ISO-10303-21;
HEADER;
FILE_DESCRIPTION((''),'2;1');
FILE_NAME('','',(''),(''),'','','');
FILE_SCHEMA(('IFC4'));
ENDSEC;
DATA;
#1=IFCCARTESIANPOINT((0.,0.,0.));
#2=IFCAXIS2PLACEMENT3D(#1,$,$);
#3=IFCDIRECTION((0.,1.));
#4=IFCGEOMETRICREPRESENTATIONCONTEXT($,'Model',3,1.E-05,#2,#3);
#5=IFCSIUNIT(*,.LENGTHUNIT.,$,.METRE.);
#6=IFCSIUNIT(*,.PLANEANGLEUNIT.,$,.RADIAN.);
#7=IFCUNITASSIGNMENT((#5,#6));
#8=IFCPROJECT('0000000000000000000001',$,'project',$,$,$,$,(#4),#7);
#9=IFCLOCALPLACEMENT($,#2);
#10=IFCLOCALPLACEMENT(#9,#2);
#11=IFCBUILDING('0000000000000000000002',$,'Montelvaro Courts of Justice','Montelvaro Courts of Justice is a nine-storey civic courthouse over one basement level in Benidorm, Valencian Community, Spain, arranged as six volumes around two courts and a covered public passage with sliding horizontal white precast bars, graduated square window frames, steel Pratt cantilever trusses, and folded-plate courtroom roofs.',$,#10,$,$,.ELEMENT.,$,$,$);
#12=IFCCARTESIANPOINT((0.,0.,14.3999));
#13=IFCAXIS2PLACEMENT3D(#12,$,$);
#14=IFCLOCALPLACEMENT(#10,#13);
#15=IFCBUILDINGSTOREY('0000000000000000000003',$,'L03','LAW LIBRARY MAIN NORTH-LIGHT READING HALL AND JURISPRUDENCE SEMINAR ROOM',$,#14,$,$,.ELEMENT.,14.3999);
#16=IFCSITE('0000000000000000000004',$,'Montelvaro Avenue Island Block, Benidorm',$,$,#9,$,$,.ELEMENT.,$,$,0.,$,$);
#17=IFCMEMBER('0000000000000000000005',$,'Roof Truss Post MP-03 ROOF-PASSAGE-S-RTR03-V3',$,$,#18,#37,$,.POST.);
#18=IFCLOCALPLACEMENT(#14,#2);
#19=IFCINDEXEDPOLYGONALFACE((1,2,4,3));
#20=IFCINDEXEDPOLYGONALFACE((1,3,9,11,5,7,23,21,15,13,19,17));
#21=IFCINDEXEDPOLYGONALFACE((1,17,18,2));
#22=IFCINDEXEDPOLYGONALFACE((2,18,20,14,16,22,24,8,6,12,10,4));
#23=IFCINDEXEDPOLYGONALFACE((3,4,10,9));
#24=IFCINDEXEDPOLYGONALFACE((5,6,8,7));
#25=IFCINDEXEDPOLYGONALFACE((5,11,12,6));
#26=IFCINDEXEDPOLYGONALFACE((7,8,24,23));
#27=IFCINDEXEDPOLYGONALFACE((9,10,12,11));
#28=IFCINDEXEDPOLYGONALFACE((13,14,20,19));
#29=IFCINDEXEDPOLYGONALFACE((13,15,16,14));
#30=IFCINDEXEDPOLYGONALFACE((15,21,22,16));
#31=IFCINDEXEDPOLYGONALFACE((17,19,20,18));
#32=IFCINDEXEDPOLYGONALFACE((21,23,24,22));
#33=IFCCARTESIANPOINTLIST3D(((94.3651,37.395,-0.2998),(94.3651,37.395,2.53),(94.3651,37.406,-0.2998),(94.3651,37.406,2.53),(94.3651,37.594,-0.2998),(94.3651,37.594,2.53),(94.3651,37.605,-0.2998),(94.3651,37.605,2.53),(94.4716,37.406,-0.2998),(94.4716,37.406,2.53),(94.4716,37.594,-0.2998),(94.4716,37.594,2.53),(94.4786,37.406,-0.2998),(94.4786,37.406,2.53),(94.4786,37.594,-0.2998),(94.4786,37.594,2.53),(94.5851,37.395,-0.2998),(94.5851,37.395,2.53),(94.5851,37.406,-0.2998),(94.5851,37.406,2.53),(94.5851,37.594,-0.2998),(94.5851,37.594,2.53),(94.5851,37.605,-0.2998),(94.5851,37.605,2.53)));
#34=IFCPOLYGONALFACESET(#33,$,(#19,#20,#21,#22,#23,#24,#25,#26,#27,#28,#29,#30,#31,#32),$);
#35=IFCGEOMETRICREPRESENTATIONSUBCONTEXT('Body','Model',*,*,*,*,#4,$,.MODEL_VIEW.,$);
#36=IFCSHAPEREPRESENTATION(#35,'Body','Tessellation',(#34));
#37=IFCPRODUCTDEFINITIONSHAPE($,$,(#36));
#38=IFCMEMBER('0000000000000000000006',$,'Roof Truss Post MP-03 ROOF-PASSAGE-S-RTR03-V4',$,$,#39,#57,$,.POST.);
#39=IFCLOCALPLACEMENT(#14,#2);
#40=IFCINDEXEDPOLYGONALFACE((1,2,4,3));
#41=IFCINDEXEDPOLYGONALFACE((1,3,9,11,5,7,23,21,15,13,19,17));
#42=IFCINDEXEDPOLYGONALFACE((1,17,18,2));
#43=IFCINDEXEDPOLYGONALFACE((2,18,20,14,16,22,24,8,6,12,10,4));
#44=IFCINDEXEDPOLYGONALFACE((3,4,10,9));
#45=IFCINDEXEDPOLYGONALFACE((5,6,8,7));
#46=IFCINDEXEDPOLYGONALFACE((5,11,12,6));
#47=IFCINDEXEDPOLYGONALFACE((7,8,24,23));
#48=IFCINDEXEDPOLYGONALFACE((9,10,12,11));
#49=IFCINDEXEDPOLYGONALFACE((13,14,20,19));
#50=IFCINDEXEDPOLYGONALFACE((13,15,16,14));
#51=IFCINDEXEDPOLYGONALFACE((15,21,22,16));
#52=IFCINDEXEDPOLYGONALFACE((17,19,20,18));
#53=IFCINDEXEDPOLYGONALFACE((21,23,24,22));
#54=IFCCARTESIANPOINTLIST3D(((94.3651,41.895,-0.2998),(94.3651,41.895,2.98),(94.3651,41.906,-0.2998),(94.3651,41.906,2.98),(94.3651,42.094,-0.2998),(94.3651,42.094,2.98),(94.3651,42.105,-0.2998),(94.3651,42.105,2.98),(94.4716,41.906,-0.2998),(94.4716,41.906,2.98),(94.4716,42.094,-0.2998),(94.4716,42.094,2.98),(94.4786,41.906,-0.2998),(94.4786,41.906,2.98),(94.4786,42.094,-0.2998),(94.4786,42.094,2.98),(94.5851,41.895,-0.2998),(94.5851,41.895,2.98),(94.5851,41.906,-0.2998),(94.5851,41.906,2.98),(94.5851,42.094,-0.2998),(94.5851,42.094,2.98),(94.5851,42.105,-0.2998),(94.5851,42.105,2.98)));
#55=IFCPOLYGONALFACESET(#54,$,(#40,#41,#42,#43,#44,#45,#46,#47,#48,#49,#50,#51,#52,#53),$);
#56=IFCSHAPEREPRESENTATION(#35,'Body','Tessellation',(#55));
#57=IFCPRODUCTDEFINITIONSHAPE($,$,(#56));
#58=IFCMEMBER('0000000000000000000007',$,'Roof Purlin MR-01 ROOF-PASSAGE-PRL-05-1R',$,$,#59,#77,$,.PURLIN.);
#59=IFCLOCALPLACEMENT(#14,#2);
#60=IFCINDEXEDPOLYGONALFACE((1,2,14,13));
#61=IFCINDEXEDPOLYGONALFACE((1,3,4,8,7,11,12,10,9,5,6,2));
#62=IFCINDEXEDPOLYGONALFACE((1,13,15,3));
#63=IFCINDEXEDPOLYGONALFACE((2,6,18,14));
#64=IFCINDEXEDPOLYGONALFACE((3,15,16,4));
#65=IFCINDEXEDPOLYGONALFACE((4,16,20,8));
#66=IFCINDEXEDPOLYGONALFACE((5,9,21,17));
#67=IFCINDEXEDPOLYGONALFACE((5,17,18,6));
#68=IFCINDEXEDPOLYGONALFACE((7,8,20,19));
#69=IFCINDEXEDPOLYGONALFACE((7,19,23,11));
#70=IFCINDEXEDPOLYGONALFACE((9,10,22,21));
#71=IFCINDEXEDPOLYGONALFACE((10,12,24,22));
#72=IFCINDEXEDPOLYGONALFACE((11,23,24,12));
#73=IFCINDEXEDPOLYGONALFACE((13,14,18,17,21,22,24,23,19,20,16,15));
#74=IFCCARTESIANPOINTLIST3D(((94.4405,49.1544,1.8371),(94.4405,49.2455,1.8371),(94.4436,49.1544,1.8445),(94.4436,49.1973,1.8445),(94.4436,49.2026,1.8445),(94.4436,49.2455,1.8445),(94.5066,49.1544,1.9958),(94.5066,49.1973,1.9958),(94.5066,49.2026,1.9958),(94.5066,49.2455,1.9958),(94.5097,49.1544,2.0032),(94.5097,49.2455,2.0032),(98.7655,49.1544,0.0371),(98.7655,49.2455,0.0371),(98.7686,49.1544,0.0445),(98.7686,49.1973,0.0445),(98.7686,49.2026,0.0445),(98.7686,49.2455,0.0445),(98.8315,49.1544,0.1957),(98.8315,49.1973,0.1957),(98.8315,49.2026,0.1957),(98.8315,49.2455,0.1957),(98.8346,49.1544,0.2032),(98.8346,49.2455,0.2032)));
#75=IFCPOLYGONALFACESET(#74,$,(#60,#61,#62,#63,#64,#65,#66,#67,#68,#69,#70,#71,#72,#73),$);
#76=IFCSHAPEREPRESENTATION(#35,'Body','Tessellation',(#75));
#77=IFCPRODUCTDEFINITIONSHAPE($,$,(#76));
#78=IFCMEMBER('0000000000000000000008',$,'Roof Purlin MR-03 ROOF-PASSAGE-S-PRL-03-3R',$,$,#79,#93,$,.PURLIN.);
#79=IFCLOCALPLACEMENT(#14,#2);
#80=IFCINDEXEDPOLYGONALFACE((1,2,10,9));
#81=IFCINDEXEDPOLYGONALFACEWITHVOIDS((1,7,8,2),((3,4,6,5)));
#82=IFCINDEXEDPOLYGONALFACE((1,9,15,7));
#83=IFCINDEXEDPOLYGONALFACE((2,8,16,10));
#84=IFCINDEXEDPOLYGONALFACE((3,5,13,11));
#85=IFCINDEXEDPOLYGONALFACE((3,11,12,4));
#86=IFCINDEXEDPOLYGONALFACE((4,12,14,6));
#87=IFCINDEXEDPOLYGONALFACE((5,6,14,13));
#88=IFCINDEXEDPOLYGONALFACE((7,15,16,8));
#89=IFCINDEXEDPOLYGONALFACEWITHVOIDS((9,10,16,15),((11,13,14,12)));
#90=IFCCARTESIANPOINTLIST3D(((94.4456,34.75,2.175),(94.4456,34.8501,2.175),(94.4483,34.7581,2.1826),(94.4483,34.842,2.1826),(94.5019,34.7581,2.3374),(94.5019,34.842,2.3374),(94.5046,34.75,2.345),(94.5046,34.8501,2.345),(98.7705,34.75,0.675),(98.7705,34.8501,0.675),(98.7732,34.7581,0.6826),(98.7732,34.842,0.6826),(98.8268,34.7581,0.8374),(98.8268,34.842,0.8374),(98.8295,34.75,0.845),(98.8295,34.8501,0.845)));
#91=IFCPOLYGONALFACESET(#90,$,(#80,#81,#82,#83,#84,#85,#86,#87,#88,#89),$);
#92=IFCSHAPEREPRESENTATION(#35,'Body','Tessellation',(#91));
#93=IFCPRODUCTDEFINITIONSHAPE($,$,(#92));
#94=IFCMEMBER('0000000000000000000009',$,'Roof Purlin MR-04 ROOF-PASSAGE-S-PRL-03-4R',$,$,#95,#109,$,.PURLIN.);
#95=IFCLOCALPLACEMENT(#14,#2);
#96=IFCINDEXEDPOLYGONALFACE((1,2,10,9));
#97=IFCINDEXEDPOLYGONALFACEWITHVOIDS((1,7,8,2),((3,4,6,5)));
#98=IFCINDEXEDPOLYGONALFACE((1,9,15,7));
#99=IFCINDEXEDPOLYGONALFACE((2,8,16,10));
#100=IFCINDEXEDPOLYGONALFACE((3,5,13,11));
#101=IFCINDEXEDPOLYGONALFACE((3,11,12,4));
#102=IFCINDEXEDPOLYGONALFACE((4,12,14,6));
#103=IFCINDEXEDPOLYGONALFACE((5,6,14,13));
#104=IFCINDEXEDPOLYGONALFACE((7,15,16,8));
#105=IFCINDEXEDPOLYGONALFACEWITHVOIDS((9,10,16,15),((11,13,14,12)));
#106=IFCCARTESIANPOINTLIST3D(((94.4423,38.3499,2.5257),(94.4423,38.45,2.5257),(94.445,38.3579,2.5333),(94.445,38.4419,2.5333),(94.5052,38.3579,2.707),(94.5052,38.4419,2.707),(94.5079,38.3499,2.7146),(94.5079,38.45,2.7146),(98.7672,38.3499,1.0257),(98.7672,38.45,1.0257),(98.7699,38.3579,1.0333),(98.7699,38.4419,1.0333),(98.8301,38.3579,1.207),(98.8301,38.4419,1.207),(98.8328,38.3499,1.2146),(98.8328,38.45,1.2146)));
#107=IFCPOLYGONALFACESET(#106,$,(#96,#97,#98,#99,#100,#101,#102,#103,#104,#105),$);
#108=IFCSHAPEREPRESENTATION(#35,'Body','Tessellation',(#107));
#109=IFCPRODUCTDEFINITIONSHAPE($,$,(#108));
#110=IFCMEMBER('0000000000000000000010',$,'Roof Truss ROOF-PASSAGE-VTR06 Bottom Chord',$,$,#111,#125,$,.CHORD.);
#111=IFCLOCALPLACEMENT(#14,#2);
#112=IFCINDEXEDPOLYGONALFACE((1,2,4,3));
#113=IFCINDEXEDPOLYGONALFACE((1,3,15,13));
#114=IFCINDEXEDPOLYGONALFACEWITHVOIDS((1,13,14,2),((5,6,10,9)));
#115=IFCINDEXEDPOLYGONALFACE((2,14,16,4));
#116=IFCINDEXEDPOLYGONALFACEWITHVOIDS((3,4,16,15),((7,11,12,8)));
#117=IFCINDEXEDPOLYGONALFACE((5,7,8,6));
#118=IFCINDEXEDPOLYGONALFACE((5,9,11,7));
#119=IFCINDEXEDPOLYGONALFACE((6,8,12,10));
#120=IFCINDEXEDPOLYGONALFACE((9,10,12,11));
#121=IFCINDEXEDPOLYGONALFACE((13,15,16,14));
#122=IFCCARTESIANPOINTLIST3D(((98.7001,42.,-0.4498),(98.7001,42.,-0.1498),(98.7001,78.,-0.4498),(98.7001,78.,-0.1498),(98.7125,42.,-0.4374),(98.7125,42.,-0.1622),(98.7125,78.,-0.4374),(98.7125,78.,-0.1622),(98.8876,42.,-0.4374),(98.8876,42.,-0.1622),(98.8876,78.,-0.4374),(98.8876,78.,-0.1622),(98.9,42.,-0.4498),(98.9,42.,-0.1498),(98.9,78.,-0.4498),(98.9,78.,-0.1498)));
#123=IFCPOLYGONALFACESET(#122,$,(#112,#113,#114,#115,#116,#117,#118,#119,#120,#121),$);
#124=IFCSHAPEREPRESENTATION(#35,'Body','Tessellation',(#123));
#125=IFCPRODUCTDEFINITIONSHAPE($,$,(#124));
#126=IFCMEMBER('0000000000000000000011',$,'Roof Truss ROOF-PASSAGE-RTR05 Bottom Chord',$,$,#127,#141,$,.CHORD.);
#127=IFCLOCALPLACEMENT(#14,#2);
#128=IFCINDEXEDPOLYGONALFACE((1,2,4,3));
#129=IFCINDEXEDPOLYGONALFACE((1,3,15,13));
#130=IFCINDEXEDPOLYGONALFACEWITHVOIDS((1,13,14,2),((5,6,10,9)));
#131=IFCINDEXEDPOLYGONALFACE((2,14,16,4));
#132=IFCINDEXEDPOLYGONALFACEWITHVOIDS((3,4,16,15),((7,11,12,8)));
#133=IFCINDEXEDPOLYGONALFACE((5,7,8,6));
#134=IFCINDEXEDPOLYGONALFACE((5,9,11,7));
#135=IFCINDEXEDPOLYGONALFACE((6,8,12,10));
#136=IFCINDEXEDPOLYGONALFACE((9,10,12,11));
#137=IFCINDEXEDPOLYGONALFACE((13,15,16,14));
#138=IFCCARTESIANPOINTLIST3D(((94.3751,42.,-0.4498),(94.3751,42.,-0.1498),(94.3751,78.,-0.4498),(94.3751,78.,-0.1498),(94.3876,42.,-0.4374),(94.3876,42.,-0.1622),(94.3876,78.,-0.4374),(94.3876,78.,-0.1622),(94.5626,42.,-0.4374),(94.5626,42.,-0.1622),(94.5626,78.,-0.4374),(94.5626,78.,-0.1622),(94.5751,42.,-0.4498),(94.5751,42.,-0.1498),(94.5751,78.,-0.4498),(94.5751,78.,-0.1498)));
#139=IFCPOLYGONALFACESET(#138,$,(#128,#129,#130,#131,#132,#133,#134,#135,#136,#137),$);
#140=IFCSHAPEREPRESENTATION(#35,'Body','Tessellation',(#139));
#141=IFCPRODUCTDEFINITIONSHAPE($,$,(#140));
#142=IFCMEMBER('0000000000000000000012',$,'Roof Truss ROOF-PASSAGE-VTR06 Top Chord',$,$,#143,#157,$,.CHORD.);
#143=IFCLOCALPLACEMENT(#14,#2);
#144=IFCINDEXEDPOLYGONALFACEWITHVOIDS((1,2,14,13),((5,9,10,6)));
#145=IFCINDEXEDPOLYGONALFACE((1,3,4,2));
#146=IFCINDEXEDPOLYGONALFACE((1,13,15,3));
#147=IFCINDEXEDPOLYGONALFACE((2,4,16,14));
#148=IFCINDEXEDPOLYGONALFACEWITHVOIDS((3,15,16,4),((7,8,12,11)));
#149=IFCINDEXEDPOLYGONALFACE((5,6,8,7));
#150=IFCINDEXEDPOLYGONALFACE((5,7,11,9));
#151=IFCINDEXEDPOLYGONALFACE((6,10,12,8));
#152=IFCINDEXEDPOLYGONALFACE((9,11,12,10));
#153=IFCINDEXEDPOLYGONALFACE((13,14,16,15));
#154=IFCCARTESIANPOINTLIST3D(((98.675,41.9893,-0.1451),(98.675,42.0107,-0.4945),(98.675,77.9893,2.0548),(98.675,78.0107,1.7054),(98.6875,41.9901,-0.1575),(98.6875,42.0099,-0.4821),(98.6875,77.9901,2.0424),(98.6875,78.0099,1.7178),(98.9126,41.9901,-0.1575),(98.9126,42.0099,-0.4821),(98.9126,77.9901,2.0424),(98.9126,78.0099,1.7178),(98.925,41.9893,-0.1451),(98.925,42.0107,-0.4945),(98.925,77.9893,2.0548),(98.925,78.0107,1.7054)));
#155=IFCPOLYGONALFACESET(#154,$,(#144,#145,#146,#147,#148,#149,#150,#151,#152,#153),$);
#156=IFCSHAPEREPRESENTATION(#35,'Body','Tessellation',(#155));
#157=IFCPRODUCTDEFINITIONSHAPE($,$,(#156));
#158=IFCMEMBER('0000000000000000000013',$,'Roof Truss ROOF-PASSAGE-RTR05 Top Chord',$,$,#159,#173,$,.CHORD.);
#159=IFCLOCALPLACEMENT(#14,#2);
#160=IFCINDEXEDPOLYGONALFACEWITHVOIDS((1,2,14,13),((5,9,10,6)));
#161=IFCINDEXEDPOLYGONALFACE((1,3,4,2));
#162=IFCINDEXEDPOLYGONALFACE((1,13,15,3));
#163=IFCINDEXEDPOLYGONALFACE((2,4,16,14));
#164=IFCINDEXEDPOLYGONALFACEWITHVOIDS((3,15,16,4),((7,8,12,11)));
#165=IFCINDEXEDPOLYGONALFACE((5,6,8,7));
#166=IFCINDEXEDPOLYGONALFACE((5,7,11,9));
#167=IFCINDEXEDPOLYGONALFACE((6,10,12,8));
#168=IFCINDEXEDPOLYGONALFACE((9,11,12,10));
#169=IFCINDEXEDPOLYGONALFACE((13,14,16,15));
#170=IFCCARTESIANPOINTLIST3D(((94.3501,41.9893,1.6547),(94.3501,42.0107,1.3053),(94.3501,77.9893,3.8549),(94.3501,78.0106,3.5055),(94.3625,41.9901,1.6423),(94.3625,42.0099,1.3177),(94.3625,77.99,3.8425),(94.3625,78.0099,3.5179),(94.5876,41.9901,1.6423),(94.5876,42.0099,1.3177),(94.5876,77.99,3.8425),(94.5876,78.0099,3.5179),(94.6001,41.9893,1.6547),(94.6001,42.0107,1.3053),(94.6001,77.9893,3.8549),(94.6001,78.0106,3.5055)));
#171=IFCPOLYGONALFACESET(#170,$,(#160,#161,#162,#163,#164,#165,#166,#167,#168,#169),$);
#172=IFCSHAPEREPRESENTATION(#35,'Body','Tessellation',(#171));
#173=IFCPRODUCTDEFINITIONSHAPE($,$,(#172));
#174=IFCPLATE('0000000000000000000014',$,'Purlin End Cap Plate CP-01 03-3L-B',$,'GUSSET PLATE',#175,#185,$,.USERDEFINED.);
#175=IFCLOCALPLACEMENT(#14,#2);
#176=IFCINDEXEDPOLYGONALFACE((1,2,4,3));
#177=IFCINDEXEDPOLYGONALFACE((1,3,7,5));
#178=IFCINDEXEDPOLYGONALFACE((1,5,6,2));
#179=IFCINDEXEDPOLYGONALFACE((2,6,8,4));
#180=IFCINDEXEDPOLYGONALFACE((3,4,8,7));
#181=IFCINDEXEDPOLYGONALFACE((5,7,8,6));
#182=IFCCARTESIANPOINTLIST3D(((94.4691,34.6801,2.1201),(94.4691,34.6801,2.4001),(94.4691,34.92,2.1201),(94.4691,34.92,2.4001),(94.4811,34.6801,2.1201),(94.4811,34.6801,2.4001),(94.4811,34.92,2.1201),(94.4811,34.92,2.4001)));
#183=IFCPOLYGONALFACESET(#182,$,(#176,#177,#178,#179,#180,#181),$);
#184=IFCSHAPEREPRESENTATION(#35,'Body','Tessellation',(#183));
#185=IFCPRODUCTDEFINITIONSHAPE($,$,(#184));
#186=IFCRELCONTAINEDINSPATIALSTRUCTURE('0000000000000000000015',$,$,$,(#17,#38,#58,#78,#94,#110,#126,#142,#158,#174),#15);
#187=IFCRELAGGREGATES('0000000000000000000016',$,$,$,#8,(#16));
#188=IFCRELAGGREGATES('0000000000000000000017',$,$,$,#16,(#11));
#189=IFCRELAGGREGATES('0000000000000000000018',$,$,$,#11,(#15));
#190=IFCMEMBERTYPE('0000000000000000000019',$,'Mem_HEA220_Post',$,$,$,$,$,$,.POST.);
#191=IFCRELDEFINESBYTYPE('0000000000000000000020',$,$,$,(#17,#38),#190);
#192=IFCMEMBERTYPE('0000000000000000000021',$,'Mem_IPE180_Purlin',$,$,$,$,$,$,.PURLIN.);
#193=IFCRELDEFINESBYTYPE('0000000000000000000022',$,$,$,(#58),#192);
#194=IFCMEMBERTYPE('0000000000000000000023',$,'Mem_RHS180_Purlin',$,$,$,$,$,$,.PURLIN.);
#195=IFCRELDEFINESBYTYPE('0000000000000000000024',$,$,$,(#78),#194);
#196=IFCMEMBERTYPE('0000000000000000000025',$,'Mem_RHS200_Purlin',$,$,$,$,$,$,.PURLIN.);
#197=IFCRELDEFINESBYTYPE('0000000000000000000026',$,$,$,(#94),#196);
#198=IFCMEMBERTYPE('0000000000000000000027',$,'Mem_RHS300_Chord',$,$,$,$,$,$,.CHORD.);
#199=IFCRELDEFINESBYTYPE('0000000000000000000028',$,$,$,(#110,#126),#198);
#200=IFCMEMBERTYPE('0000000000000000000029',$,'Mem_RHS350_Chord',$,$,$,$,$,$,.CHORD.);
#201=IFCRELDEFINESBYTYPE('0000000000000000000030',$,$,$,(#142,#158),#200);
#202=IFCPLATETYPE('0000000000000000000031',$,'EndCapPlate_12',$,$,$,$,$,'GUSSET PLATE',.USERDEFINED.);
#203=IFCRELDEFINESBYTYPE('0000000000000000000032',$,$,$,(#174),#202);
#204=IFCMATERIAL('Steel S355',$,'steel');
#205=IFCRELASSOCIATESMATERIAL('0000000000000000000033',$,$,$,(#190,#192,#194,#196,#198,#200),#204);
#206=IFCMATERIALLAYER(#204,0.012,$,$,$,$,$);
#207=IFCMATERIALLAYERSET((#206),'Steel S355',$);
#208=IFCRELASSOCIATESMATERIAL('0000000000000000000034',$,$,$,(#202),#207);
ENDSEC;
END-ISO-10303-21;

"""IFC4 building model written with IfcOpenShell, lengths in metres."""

from ifc_helpers import new_model, si_unit, direction, frame, origin, origin_2d, place, context, subcontext, project, spatial, rectangle, hollow_rectangle, i_section, extrude, material, layer, layer_set, material_profile, profile_set, type_object, element, save


model = new_model("IFC4")

# Units and contexts
model_context = context("Model", 3, precision=1e-05, world=origin(), true_north=direction((0.0, 1.0)))
body_context = subcontext(model_context, "Body", "Model", "MODEL_VIEW")
ifc_project = project(units=[si_unit("LENGTHUNIT", "METRE"), si_unit("PLANEANGLEUNIT", "RADIAN")], contexts=[model_context])

# Site, building, storey
site_placement = place(None, origin())
site = spatial("IfcSite", under=ifc_project, at=site_placement, Name="Montelvaro Avenue Island Block, Benidorm", CompositionType="ELEMENT", RefElevation=0.0)
building_placement = place(site_placement, origin())
building = spatial("IfcBuilding", under=site, at=building_placement, Name="Montelvaro Courts of Justice", Description="Montelvaro Courts of Justice is a nine-storey civic courthouse over one basement level in Benidorm, Valencian Community, Spain, arranged as six volumes around two courts and a covered public passage with sliding horizontal white precast bars, graduated square window frames, steel Pratt cantilever trusses, and folded-plate courtroom roofs.", CompositionType="ELEMENT")
storey_placement = place(building_placement, frame((0.0, 0.0, 14.3999)))
storey = spatial("IfcBuildingStorey", under=building, at=storey_placement, Name="L03", Description="LAW LIBRARY MAIN NORTH-LIGHT READING HALL AND JURISPRUDENCE SEMINAR ROOM", CompositionType="ELEMENT", Elevation=14.3999)

# Members
ifc_material_1 = material(Name="Steel S355", Category="steel")
ifc_material_profile_1 = material_profile(ifc_material_1, i_section(OverallWidth=0.22, OverallDepth=0.21, WebThickness=0.0071, FlangeThickness=0.011, at=origin_2d()), Name="HEA 220")
ifc_profile_set_1 = profile_set([ifc_material_profile_1], Name="Steel S355")
member_type_1 = type_object("IfcMemberType", Name="Mem_HEA220_Post", PredefinedType="POST", material=ifc_profile_set_1)
member_1_placement = place(storey_placement, frame((94.4751, 37.5, -0.2998), z_axis=(0.0, 0.0, 1.0), x_axis=(1.0, 0.0, 0.0)))
element("IfcMember", 1, at=member_1_placement, inside=storey, type_object=member_type_1, Name="Roof Truss Post MP-03 ROOF-PASSAGE-S-RTR03-V3", PredefinedType="POST", context=body_context, shape_type="SweptSolid", body=[
    extrude(i_section(OverallWidth=0.22, OverallDepth=0.21, WebThickness=0.0071, FlangeThickness=0.011, at=origin_2d()), origin(), (0.0, 0.0, 1.0), 2.8298),
])
member_2_placement = place(storey_placement, frame((94.4751, 42.0, -0.2998), z_axis=(0.0, 0.0, 1.0), x_axis=(1.0, 0.0, 0.0)))
element("IfcMember", 2, at=member_2_placement, inside=storey, type_object=member_type_1, Name="Roof Truss Post MP-03 ROOF-PASSAGE-S-RTR03-V4", PredefinedType="POST", context=body_context, shape_type="SweptSolid", body=[
    extrude(i_section(OverallWidth=0.22, OverallDepth=0.21, WebThickness=0.0071, FlangeThickness=0.011, at=origin_2d()), origin(), (0.0, 0.0, 1.0), 3.2798),
])
ifc_material_profile_2 = material_profile(ifc_material_1, i_section(OverallWidth=0.0911, OverallDepth=0.1799, WebThickness=0.0054, FlangeThickness=0.0081, at=origin_2d()), Name="IPE 180")
ifc_profile_set_2 = profile_set([ifc_material_profile_2], Name="Steel S355")
member_type_2 = type_object("IfcMemberType", Name="Mem_IPE180_Purlin", PredefinedType="PURLIN", material=ifc_profile_set_2)
member_3_placement = place(storey_placement, frame((94.4751, 49.2, 1.9202), z_axis=(0.923229, 0.0, -0.384249), x_axis=(0.0, 1.0, 0.0)))
element("IfcMember", 3, at=member_3_placement, inside=storey, type_object=member_type_2, Name="Roof Purlin MR-01 ROOF-PASSAGE-PRL-05-1R", PredefinedType="PURLIN", context=body_context, shape_type="SweptSolid", body=[
    extrude(i_section(OverallWidth=0.0911, OverallDepth=0.1799, WebThickness=0.0054, FlangeThickness=0.0081, at=origin_2d()), origin(), (0.0, 0.0, 1.0), 4.6846),
])
ifc_material_profile_3 = material_profile(ifc_material_1, hollow_rectangle(XDim=0.1001, YDim=0.1799, WallThickness=0.0081, at=origin_2d()), Name="RHS 180x100x8")
ifc_profile_set_3 = profile_set([ifc_material_profile_3], Name="Steel S355")
member_type_3 = type_object("IfcMemberType", Name="Mem_RHS180_Purlin", PredefinedType="PURLIN", material=ifc_profile_set_3)
member_4_placement = place(storey_placement, frame((94.4751, 34.8, 2.26), z_axis=(0.94479, 0.0, -0.327677), x_axis=(0.0, 1.0, 0.0)))
element("IfcMember", 4, at=member_4_placement, inside=storey, type_object=member_type_3, Name="Roof Purlin MR-03 ROOF-PASSAGE-S-PRL-03-3R", PredefinedType="PURLIN", context=body_context, shape_type="SweptSolid", body=[
    extrude(hollow_rectangle(XDim=0.1001, YDim=0.1799, WallThickness=0.0081, at=origin_2d()), origin(), (0.0, 0.0, 1.0), 4.5776),
])
ifc_material_profile_4 = material_profile(ifc_material_1, hollow_rectangle(XDim=0.1001, YDim=0.2, WallThickness=0.0081, at=origin_2d()), Name="RHS 200x100x8")
ifc_profile_set_4 = profile_set([ifc_material_profile_4], Name="Steel S355")
member_type_4 = type_object("IfcMemberType", Name="Mem_RHS200_Purlin", PredefinedType="PURLIN", material=ifc_profile_set_4)
member_5_placement = place(storey_placement, frame((94.4751, 38.3999, 2.6201), z_axis=(0.94479, 0.0, -0.327677), x_axis=(0.0, 1.0, 0.0)))
element("IfcMember", 5, at=member_5_placement, inside=storey, type_object=member_type_4, Name="Roof Purlin MR-04 ROOF-PASSAGE-S-PRL-03-4R", PredefinedType="PURLIN", context=body_context, shape_type="SweptSolid", body=[
    extrude(hollow_rectangle(XDim=0.1001, YDim=0.2, WallThickness=0.0081, at=origin_2d()), origin(), (0.0, 0.0, 1.0), 4.5776),
])
ifc_material_profile_5 = material_profile(ifc_material_1, hollow_rectangle(XDim=0.2, YDim=0.3, WallThickness=0.0125, at=origin_2d()), Name="RHS 300x200x12.5")
ifc_profile_set_5 = profile_set([ifc_material_profile_5], Name="Steel S355")
member_type_5 = type_object("IfcMemberType", Name="Mem_RHS300_Chord", PredefinedType="CHORD", material=ifc_profile_set_5)
for number, where, z_axis, x_axis, name in (
    (6, (98.8, 42.0, -0.2998), (0.0, 1.0, 0.0), (-1.0, 0.0, 0.0), "Roof Truss ROOF-PASSAGE-VTR06 Bottom Chord"),
    (7, (94.4751, 42.0, -0.2998), (0.0, 1.0, 0.0), (-1.0, 0.0, 0.0), "Roof Truss ROOF-PASSAGE-RTR05 Bottom Chord"),
):
    element("IfcMember", number, at=place(storey_placement, frame(where, z_axis=z_axis, x_axis=x_axis)), inside=storey, type_object=member_type_5, Name=name, PredefinedType="CHORD", context=body_context, shape_type="SweptSolid", body=[
        extrude(hollow_rectangle(XDim=0.2, YDim=0.3, WallThickness=0.0125, at=origin_2d()), origin(), (0.0, 0.0, 1.0), 36.0),
    ])
ifc_material_profile_6 = material_profile(ifc_material_1, hollow_rectangle(XDim=0.25, YDim=0.3501, WallThickness=0.0125, at=origin_2d()), Name="RHS 350x250x12.5")
ifc_profile_set_6 = profile_set([ifc_material_profile_6], Name="Steel S355")
member_type_6 = type_object("IfcMemberType", Name="Mem_RHS350_Chord", PredefinedType="CHORD", material=ifc_profile_set_6)
for number, where, z_axis, x_axis, name in (
    (8, (98.8, 42.0, -0.3198), (0.0, 0.998138, 0.060996), (-1.0, 0.0, 0.0), "Roof Truss ROOF-PASSAGE-VTR06 Top Chord"),
    (9, (94.4751, 42.0, 1.48), (0.0, 0.998138, 0.061003), (-1.0, 0.0, 0.0), "Roof Truss ROOF-PASSAGE-RTR05 Top Chord"),
):
    element("IfcMember", number, at=place(storey_placement, frame(where, z_axis=z_axis, x_axis=x_axis)), inside=storey, type_object=member_type_6, Name=name, PredefinedType="CHORD", context=body_context, shape_type="SweptSolid", body=[
        extrude(hollow_rectangle(XDim=0.25, YDim=0.3501, WallThickness=0.0125, at=origin_2d()), origin(), (0.0, 0.0, 1.0), 36.0671),
    ])

# Plate
ifc_layer_1 = layer(ifc_material_1, 0.012)
ifc_layer_set_1 = layer_set([ifc_layer_1], Name="Steel S355")
plate_type_1 = type_object("IfcPlateType", Name="EndCapPlate_12", ElementType="GUSSET PLATE", PredefinedType="USERDEFINED", material=ifc_layer_set_1)
for number, where, z_axis, x_axis, name in (
    (10, (94.4751, 34.8, 2.1201), (0.0, 0.0, 1.0), (1.0, 0.0, 0.0), "Purlin End Cap Plate CP-01 03-3L-B"),
):
    element("IfcPlate", number, at=place(storey_placement, frame(where, z_axis=z_axis, x_axis=x_axis)), inside=storey, type_object=plate_type_1, Name=name, ObjectType="GUSSET PLATE", PredefinedType="USERDEFINED", context=body_context, shape_type="SweptSolid", body=[
        extrude(rectangle(XDim=0.012, YDim=0.24, at=origin_2d()), origin(), (0.0, 0.0, 1.0), 0.28),
    ])

save(model, "model.ifc")
